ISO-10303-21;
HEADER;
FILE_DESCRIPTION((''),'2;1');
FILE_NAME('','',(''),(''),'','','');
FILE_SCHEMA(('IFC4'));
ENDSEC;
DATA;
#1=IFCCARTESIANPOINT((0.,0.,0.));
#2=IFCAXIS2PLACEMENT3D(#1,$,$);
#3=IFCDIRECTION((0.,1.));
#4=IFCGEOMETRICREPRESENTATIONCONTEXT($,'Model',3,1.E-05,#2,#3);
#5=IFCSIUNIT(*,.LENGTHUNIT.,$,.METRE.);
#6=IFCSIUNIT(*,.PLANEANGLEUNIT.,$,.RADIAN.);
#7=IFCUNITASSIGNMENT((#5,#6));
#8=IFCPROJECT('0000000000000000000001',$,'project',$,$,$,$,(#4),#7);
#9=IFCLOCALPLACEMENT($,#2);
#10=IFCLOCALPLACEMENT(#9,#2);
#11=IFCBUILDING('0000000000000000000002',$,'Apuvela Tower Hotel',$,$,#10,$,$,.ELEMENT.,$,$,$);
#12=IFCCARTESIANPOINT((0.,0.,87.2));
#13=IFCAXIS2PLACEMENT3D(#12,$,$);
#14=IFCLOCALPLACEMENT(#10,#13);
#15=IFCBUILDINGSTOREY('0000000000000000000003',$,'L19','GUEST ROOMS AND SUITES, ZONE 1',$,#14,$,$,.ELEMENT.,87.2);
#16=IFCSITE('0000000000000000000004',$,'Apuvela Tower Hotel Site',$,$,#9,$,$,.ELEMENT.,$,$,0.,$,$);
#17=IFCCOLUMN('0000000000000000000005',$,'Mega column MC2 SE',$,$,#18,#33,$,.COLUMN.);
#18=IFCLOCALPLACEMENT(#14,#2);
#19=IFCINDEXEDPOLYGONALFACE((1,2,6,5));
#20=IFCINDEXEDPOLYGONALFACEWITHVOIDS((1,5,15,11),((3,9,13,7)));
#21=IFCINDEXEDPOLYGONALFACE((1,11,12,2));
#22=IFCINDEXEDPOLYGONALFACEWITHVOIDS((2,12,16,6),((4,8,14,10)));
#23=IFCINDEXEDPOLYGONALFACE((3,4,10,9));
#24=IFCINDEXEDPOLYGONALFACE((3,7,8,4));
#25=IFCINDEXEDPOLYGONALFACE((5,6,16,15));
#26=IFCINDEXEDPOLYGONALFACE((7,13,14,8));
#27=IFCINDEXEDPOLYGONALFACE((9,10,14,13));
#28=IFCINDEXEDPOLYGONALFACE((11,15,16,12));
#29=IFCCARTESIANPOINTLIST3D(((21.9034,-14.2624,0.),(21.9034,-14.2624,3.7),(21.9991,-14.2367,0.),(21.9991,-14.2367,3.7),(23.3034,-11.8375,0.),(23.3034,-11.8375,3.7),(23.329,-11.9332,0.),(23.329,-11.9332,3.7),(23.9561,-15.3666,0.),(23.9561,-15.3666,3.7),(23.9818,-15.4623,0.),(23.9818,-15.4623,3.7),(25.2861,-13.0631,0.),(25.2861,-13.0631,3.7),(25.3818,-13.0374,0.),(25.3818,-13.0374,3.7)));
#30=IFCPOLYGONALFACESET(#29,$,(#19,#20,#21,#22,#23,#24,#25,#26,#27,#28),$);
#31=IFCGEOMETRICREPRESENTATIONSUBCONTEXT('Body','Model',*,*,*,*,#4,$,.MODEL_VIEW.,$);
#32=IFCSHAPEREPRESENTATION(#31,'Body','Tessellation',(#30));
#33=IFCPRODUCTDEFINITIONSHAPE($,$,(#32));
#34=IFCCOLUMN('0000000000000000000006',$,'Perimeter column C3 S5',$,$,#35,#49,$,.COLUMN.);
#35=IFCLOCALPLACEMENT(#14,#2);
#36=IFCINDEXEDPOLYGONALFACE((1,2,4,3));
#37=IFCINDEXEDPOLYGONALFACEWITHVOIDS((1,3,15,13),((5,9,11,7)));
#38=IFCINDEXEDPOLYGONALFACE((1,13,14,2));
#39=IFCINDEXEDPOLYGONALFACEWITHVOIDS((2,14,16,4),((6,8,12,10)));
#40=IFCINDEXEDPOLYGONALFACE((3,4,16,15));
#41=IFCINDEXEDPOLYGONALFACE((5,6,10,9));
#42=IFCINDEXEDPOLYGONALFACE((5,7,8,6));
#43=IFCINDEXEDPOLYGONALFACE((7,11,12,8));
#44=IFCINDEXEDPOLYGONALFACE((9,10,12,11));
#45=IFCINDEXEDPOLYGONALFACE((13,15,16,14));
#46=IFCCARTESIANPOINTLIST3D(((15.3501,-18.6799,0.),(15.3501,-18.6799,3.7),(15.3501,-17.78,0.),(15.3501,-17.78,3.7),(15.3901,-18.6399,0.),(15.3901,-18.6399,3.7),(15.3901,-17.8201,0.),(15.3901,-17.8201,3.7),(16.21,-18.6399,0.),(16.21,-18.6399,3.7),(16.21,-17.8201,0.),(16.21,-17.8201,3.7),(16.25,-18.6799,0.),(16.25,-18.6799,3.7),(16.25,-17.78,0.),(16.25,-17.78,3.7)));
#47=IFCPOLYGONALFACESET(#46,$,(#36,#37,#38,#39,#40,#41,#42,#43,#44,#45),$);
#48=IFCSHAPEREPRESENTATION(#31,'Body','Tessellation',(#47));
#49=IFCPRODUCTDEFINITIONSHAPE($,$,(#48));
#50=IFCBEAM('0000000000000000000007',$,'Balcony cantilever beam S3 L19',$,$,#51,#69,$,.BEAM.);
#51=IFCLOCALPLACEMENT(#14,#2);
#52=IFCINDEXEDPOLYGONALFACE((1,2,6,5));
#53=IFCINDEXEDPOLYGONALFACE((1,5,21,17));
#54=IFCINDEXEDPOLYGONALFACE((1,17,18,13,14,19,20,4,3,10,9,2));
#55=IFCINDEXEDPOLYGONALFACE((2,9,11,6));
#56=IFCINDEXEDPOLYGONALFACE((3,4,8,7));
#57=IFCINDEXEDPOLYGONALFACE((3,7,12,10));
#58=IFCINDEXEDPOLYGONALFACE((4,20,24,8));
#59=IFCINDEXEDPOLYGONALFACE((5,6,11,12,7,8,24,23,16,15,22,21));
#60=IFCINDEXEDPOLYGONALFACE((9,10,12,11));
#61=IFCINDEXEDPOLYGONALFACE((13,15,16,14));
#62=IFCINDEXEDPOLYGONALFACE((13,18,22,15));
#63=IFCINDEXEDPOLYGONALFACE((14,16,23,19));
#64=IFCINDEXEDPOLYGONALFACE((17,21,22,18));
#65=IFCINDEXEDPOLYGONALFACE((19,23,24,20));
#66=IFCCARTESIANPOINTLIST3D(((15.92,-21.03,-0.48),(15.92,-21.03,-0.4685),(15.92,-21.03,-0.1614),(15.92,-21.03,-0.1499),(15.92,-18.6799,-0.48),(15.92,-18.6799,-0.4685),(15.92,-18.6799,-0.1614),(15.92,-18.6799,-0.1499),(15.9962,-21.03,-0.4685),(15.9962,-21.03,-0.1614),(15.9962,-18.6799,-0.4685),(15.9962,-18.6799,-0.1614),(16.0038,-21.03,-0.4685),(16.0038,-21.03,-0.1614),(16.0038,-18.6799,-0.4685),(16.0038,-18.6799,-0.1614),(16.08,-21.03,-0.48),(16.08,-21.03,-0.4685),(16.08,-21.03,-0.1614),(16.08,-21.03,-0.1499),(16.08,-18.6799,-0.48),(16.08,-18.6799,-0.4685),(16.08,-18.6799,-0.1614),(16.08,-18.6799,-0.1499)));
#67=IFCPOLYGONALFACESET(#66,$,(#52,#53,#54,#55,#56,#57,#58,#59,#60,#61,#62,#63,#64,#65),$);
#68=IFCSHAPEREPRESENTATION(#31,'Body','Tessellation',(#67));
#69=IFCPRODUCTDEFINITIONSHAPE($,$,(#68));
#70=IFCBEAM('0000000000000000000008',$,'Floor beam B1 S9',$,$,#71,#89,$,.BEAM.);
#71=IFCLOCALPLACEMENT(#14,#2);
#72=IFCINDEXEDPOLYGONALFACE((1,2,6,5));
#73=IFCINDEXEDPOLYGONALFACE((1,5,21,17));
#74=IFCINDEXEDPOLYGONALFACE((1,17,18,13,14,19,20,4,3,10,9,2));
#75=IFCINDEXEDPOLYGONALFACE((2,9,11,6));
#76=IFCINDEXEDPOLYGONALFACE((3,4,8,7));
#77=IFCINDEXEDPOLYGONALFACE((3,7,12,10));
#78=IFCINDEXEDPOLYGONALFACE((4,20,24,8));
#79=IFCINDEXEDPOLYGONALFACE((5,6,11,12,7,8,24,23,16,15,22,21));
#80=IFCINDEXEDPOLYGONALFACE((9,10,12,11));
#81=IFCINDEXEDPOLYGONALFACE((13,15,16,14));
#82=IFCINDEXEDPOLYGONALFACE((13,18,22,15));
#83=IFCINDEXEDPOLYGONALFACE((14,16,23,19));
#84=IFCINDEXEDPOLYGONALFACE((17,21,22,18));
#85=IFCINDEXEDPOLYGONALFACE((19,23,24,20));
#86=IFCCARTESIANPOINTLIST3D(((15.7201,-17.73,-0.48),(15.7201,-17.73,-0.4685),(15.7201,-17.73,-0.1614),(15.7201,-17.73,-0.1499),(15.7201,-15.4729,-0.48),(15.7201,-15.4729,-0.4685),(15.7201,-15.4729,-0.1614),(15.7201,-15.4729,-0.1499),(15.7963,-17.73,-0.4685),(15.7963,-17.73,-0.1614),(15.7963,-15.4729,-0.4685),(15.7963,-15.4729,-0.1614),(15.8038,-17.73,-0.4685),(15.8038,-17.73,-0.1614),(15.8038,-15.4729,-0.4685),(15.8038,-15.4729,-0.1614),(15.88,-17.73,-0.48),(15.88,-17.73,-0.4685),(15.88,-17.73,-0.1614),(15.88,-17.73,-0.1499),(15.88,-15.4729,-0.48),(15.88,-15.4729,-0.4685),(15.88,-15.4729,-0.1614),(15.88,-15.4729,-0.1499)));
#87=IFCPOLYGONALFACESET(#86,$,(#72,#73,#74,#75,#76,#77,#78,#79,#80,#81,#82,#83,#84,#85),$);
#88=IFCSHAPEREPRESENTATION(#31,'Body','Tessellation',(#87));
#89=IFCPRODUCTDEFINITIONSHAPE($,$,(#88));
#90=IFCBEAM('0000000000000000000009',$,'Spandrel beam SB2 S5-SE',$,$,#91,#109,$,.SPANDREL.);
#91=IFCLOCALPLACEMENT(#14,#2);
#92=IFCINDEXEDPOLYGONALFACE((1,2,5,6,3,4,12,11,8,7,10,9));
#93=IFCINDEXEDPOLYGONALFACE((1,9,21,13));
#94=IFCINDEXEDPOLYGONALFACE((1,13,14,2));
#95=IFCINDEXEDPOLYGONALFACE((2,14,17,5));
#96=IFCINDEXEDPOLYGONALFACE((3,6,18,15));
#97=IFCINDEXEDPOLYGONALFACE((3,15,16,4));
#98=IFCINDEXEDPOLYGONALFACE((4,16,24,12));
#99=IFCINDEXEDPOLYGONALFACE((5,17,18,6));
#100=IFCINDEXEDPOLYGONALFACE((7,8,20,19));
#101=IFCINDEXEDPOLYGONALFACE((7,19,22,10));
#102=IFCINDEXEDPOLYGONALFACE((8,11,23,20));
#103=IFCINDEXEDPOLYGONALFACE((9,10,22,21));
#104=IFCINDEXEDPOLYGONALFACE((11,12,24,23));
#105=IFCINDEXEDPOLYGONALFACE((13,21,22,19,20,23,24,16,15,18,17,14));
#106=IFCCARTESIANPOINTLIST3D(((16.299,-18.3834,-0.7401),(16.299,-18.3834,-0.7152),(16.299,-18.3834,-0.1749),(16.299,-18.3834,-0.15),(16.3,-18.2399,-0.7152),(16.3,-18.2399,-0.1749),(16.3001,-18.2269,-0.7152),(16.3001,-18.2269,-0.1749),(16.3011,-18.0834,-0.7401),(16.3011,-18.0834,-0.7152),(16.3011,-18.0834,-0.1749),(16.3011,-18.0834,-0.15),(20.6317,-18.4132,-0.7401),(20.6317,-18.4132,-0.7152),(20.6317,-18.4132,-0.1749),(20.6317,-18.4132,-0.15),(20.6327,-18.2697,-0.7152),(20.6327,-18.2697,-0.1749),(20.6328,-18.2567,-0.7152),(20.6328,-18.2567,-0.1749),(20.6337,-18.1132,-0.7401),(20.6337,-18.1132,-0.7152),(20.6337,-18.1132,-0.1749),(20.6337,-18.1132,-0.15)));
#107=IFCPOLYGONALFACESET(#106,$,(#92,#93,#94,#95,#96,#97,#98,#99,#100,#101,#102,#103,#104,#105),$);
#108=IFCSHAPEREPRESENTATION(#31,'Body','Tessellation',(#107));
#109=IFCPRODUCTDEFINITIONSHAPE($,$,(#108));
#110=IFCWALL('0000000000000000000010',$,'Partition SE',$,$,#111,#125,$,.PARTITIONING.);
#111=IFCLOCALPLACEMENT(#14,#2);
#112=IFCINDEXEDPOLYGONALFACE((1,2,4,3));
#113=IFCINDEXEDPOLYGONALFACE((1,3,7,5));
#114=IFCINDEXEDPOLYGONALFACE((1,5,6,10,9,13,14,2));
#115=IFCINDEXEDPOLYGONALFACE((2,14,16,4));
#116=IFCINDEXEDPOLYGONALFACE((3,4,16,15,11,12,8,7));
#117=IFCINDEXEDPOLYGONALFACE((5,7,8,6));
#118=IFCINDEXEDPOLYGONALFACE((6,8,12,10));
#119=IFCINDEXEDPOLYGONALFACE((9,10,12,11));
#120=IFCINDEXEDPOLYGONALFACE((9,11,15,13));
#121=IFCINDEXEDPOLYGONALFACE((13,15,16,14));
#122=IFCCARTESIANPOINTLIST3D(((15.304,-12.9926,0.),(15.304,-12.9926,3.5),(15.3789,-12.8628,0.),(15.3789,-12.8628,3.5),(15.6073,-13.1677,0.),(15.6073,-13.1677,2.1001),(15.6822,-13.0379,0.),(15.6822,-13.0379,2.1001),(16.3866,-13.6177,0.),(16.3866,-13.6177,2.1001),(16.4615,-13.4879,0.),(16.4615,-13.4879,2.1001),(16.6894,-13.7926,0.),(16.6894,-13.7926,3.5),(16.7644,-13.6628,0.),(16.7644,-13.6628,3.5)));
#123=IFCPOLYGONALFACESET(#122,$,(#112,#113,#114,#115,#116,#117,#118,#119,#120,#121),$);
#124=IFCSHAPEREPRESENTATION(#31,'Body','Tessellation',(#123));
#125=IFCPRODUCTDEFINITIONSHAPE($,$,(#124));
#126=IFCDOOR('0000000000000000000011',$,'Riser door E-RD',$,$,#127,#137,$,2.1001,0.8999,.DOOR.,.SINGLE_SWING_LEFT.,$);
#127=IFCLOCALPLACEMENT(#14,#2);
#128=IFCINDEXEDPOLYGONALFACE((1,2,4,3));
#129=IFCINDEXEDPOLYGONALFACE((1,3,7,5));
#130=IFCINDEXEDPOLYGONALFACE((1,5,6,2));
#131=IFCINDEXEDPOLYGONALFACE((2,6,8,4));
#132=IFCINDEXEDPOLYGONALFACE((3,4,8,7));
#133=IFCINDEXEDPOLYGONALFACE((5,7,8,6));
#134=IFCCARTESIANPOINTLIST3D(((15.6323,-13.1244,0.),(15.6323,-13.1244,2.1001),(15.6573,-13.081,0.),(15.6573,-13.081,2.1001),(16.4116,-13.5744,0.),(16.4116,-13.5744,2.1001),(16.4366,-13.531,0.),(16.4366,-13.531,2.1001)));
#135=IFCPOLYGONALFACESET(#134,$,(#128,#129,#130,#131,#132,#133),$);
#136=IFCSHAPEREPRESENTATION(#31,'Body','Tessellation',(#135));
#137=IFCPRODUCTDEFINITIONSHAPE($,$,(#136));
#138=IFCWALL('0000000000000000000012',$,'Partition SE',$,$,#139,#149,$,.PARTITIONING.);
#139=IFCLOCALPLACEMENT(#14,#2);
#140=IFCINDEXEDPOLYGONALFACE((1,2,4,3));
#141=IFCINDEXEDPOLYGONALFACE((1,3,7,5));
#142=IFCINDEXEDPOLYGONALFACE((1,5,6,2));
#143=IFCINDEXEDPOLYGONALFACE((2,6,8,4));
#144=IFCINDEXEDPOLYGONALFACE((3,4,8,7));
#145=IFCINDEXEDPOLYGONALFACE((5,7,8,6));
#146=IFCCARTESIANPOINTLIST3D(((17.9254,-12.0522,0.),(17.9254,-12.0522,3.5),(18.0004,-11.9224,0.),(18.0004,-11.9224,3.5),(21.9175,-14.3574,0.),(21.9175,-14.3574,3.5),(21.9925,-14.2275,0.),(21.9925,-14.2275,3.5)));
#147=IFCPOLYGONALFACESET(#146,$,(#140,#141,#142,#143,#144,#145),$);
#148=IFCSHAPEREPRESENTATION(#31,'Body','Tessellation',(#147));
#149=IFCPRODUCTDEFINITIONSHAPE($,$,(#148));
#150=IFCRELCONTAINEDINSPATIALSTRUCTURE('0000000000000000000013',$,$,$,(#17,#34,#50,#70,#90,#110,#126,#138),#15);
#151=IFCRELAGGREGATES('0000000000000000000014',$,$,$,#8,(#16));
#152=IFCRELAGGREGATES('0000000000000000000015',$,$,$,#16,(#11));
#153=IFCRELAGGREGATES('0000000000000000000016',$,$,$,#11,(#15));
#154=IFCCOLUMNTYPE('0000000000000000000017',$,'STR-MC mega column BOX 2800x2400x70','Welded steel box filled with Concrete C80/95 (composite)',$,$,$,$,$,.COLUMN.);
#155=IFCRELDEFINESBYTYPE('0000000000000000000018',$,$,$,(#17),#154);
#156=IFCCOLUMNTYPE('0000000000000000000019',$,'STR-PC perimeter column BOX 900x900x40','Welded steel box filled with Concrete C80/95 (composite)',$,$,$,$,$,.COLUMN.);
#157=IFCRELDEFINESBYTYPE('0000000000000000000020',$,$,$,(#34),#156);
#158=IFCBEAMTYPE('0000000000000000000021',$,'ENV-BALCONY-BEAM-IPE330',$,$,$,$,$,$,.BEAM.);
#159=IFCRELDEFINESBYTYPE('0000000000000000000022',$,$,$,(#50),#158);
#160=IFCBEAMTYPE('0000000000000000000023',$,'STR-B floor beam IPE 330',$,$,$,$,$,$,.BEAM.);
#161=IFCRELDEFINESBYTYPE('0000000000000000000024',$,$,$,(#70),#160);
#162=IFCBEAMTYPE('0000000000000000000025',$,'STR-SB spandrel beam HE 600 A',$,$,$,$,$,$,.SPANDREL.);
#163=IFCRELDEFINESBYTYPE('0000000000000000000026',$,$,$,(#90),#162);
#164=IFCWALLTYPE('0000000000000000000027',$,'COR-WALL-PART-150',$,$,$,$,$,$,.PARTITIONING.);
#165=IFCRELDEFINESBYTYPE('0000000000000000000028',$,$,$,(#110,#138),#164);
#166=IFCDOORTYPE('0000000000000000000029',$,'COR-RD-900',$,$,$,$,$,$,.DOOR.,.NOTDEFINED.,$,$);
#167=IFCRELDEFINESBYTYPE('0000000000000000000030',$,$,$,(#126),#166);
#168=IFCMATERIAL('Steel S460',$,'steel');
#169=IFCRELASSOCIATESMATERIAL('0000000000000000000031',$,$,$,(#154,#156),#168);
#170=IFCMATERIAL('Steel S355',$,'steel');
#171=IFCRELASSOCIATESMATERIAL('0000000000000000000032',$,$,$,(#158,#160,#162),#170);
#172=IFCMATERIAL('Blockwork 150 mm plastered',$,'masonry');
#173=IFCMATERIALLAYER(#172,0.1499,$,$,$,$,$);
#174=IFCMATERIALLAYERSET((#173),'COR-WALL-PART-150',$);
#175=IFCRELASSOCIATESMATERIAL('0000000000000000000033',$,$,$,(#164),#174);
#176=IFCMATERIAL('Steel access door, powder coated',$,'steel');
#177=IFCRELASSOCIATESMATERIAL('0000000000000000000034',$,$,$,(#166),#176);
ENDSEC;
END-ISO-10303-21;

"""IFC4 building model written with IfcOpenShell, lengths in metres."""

from ifc_helpers import new_model, si_unit, direction, frame, frame_2d, origin, origin_2d, place, context, subcontext, project, spatial, rectangle, hollow_rectangle, i_section, extrude, material, layer, layer_set, material_profile, profile_set, type_object, element, fill, save


model = new_model("IFC4")

# Units and contexts
model_context = context("Model", 3, precision=1e-05, world=origin(), true_north=direction((0.0, 1.0)))
body_context = subcontext(model_context, "Body", "Model", "MODEL_VIEW")
ifc_project = project(units=[si_unit("LENGTHUNIT", "METRE"), si_unit("PLANEANGLEUNIT", "RADIAN")], contexts=[model_context])

# Site, building, storey
site_placement = place(None, origin())
site = spatial("IfcSite", under=ifc_project, at=site_placement, Name="Apuvela Tower Hotel Site", CompositionType="ELEMENT", RefElevation=0.0)
building_placement = place(site_placement, origin())
building = spatial("IfcBuilding", under=site, at=building_placement, Name="Apuvela Tower Hotel", CompositionType="ELEMENT")
storey_placement = place(building_placement, frame((0.0, 0.0, 87.2)))
storey = spatial("IfcBuildingStorey", under=building, at=storey_placement, Name="L19", Description="GUEST ROOMS AND SUITES, ZONE 1", CompositionType="ELEMENT", Elevation=87.2)

# Columns
ifc_material_1 = material(Name="Steel S460", Category="steel")
ifc_material_profile_1 = material_profile(ifc_material_1, hollow_rectangle(XDim=2.8, YDim=2.3999, WallThickness=0.0701, at=origin_2d()), Name="BOX 2800x2400x70")
ifc_material_2 = material(Name="Concrete C80/95", Category="concrete")
ifc_material_profile_2 = material_profile(ifc_material_2, rectangle(XDim=2.6599, YDim=2.26, at=origin_2d()), Name="Concrete C80/95 infill")
ifc_profile_set_1 = profile_set([ifc_material_profile_1, ifc_material_profile_2], Name="Steel S460")
column_type_1 = type_object("IfcColumnType", Name="STR-MC mega column BOX 2800x2400x70", Description="Welded steel box filled with Concrete C80/95 (composite)", PredefinedType="COLUMN", material=ifc_profile_set_1)
column_1_placement = place(storey_placement, frame((23.6426, -13.6499, 0.0), z_axis=(0.0, 0.0, 1.0), x_axis=(0.5, 0.866025, 0.0)))
element("IfcColumn", 1, at=column_1_placement, inside=storey, type_object=column_type_1, Name="Mega column MC2 SE", PredefinedType="COLUMN", context=body_context, shape_type="SweptSolid", body=[
    extrude(hollow_rectangle(XDim=2.8, YDim=2.3999, WallThickness=0.0701, at=origin_2d()), origin(), (0.0, 0.0, 1.0), 3.7),
])
ifc_material_profile_3 = material_profile(ifc_material_1, hollow_rectangle(XDim=0.8999, YDim=0.8999, WallThickness=0.04, at=origin_2d()), Name="BOX 900x900x40")
ifc_material_profile_4 = material_profile(ifc_material_2, rectangle(XDim=0.8201, YDim=0.8201, at=origin_2d()), Name="Concrete C80/95 infill")
ifc_profile_set_2 = profile_set([ifc_material_profile_3, ifc_material_profile_4], Name="Steel S460")
column_type_2 = type_object("IfcColumnType", Name="STR-PC perimeter column BOX 900x900x40", Description="Welded steel box filled with Concrete C80/95 (composite)", PredefinedType="COLUMN", material=ifc_profile_set_2)
column_2_placement = place(storey_placement, frame((15.8, -18.23, 0.0), z_axis=(0.0, 0.0, 1.0), x_axis=(-1.0, 0.0, 0.0)))
element("IfcColumn", 2, at=column_2_placement, inside=storey, type_object=column_type_2, Name="Perimeter column C3 S5", PredefinedType="COLUMN", context=body_context, shape_type="SweptSolid", body=[
    extrude(hollow_rectangle(XDim=0.8999, YDim=0.8999, WallThickness=0.04, at=origin_2d()), origin(), (0.0, 0.0, 1.0), 3.7),
])

# Beams
ifc_material_3 = material(Name="Steel S355", Category="steel")
ifc_material_profile_5 = material_profile(ifc_material_3, i_section(OverallWidth=0.1599, OverallDepth=0.3301, WebThickness=0.0076, FlangeThickness=0.0115, at=origin_2d()), Name="IPE 330")
ifc_profile_set_3 = profile_set([ifc_material_profile_5], Name="Steel S355")
beam_type_1 = type_object("IfcBeamType", Name="ENV-BALCONY-BEAM-IPE330", PredefinedType="BEAM", material=ifc_profile_set_3)
beam_1_placement = place(storey_placement, frame((16.0, -18.6799, -0.3149), z_axis=(0.0, -1.0, 0.0), x_axis=(1.0, 0.0, 0.0)))
element("IfcBeam", 3, at=beam_1_placement, inside=storey, type_object=beam_type_1, Name="Balcony cantilever beam S3 L19", PredefinedType="BEAM", context=body_context, shape_type="SweptSolid", body=[
    extrude(i_section(OverallWidth=0.1599, OverallDepth=0.3301, WebThickness=0.0076, FlangeThickness=0.0115, at=origin_2d()), origin(), (0.0, 0.0, 1.0), 2.3501),
])
ifc_material_profile_6 = material_profile(ifc_material_3, i_section(OverallWidth=0.1599, OverallDepth=0.3301, WebThickness=0.0076, FlangeThickness=0.0115, at=origin_2d()), Name="IPE 330")
ifc_profile_set_4 = profile_set([ifc_material_profile_6], Name="Steel S355")
beam_type_2 = type_object("IfcBeamType", Name="STR-B floor beam IPE 330", PredefinedType="BEAM", material=ifc_profile_set_4)
beam_2_placement = place(storey_placement, frame((15.8, -17.73, -0.3149), z_axis=(0.0, 1.0, 0.0), x_axis=(-1.0, 0.0, 0.0)))
element("IfcBeam", 4, at=beam_2_placement, inside=storey, type_object=beam_type_2, Name="Floor beam B1 S9", PredefinedType="BEAM", context=body_context, shape_type="SweptSolid", body=[
    extrude(i_section(OverallWidth=0.1599, OverallDepth=0.3301, WebThickness=0.0076, FlangeThickness=0.0115, at=origin_2d()), origin(), (0.0, 0.0, 1.0), 2.2571),
])
ifc_material_profile_7 = material_profile(ifc_material_3, i_section(OverallWidth=0.3, OverallDepth=0.5901, WebThickness=0.0129, FlangeThickness=0.0249, at=origin_2d()), Name="HE 600 A")
ifc_profile_set_5 = profile_set([ifc_material_profile_7], Name="Steel S355")
beam_type_3 = type_object("IfcBeamType", Name="STR-SB spandrel beam HE 600 A", PredefinedType="SPANDREL", material=ifc_profile_set_5)
beam_3_placement = place(storey_placement, frame((16.3, -18.2334, -0.4451), z_axis=(0.999976, -0.006874, 0.0), x_axis=(0.006874, 0.999976, 0.0)))
element("IfcBeam", 5, at=beam_3_placement, inside=storey, type_object=beam_type_3, Name="Spandrel beam SB2 S5-SE", PredefinedType="SPANDREL", context=body_context, shape_type="SweptSolid", body=[
    extrude(i_section(OverallWidth=0.3, OverallDepth=0.5901, WebThickness=0.0129, FlangeThickness=0.0249, at=origin_2d()), origin(), (0.0, 0.0, 1.0), 4.3328),
])

# Wall, opening, door
ifc_material_4 = material(Name="Blockwork 150 mm plastered", Category="masonry")
ifc_layer_1 = layer(ifc_material_4, 0.1499)
ifc_layer_set_1 = layer_set([ifc_layer_1], Name="COR-WALL-PART-150")
wall_type_1 = type_object("IfcWallType", Name="COR-WALL-PART-150", PredefinedType="PARTITIONING", material=ifc_layer_set_1)
wall_1_placement = place(storey_placement, frame((15.3416, -12.9277, 0.0), z_axis=(0.0, 0.0, 1.0), x_axis=(0.86599, -0.500061, 0.0)))
wall_1 = element("IfcWall", 6, at=wall_1_placement, inside=storey, type_object=wall_type_1, Name="Partition SE", PredefinedType="PARTITIONING", context=body_context, shape_type="SweptSolid", body=[
    extrude(rectangle(XDim=1.5999, YDim=0.1499, at=frame_2d((0.7998, 0.0))), origin(), (0.0, 0.0, 1.0), 3.5),
])
opening_1_placement = place(wall_1_placement, frame((0.3501, 0.0, 0.0)))
opening_1 = element("IfcOpeningElement", 7, at=opening_1_placement, cuts=wall_1, PredefinedType="OPENING", context=body_context, shape_type="SweptSolid", body=[
    extrude(rectangle(XDim=0.8999, YDim=2.1001, at=frame_2d((0.45, 1.05))), frame((0.0, 0.085, 0.0), z_axis=(0.0, -1.0, 0.0), x_axis=(1.0, 0.0, 0.0)), (0.0, 0.0, 1.0), 0.1699),
])
ifc_material_5 = material(Name="Steel access door, powder coated", Category="steel")
door_type_1 = type_object("IfcDoorType", Name="COR-RD-900", OperationType="NOTDEFINED", PredefinedType="DOOR", material=ifc_material_5)
door_1_placement = place(opening_1_placement, frame((0.8999, 0.0, 0.0), z_axis=(0.0, 0.0, 1.0), x_axis=(-1.0, 0.0, 0.0)))
door_1 = element("IfcDoor", 8, at=door_1_placement, inside=storey, type_object=door_type_1, Name="Riser door E-RD", OperationType="SINGLE_SWING_LEFT", OverallHeight=2.1001, OverallWidth=0.8999, PredefinedType="DOOR", context=body_context, shape_type="SweptSolid", body=[
    extrude(rectangle(XDim=0.8999, YDim=2.1001, at=frame_2d((0.45, 1.05))), frame((0.0, 0.0249, 0.0), z_axis=(0.0, -1.0, 0.0), x_axis=(1.0, 0.0, 0.0)), (0.0, 0.0, 1.0), 0.05),
])
fill(opening_1, door_1)

# Wall
wall_2_placement = place(storey_placement, frame((17.9629, -11.9873, 0.0), z_axis=(0.0, 0.0, 1.0), x_axis=(0.865999, -0.500046, 0.0)))
element("IfcWall", 9, at=wall_2_placement, inside=storey, type_object=wall_type_1, Name="Partition SE", PredefinedType="PARTITIONING", context=body_context, shape_type="SweptSolid", body=[
    extrude(rectangle(XDim=4.6099, YDim=0.1499, at=frame_2d((2.3049, 0.0))), origin(), (0.0, 0.0, 1.0), 3.5),
])

save(model, "model.ifc")
